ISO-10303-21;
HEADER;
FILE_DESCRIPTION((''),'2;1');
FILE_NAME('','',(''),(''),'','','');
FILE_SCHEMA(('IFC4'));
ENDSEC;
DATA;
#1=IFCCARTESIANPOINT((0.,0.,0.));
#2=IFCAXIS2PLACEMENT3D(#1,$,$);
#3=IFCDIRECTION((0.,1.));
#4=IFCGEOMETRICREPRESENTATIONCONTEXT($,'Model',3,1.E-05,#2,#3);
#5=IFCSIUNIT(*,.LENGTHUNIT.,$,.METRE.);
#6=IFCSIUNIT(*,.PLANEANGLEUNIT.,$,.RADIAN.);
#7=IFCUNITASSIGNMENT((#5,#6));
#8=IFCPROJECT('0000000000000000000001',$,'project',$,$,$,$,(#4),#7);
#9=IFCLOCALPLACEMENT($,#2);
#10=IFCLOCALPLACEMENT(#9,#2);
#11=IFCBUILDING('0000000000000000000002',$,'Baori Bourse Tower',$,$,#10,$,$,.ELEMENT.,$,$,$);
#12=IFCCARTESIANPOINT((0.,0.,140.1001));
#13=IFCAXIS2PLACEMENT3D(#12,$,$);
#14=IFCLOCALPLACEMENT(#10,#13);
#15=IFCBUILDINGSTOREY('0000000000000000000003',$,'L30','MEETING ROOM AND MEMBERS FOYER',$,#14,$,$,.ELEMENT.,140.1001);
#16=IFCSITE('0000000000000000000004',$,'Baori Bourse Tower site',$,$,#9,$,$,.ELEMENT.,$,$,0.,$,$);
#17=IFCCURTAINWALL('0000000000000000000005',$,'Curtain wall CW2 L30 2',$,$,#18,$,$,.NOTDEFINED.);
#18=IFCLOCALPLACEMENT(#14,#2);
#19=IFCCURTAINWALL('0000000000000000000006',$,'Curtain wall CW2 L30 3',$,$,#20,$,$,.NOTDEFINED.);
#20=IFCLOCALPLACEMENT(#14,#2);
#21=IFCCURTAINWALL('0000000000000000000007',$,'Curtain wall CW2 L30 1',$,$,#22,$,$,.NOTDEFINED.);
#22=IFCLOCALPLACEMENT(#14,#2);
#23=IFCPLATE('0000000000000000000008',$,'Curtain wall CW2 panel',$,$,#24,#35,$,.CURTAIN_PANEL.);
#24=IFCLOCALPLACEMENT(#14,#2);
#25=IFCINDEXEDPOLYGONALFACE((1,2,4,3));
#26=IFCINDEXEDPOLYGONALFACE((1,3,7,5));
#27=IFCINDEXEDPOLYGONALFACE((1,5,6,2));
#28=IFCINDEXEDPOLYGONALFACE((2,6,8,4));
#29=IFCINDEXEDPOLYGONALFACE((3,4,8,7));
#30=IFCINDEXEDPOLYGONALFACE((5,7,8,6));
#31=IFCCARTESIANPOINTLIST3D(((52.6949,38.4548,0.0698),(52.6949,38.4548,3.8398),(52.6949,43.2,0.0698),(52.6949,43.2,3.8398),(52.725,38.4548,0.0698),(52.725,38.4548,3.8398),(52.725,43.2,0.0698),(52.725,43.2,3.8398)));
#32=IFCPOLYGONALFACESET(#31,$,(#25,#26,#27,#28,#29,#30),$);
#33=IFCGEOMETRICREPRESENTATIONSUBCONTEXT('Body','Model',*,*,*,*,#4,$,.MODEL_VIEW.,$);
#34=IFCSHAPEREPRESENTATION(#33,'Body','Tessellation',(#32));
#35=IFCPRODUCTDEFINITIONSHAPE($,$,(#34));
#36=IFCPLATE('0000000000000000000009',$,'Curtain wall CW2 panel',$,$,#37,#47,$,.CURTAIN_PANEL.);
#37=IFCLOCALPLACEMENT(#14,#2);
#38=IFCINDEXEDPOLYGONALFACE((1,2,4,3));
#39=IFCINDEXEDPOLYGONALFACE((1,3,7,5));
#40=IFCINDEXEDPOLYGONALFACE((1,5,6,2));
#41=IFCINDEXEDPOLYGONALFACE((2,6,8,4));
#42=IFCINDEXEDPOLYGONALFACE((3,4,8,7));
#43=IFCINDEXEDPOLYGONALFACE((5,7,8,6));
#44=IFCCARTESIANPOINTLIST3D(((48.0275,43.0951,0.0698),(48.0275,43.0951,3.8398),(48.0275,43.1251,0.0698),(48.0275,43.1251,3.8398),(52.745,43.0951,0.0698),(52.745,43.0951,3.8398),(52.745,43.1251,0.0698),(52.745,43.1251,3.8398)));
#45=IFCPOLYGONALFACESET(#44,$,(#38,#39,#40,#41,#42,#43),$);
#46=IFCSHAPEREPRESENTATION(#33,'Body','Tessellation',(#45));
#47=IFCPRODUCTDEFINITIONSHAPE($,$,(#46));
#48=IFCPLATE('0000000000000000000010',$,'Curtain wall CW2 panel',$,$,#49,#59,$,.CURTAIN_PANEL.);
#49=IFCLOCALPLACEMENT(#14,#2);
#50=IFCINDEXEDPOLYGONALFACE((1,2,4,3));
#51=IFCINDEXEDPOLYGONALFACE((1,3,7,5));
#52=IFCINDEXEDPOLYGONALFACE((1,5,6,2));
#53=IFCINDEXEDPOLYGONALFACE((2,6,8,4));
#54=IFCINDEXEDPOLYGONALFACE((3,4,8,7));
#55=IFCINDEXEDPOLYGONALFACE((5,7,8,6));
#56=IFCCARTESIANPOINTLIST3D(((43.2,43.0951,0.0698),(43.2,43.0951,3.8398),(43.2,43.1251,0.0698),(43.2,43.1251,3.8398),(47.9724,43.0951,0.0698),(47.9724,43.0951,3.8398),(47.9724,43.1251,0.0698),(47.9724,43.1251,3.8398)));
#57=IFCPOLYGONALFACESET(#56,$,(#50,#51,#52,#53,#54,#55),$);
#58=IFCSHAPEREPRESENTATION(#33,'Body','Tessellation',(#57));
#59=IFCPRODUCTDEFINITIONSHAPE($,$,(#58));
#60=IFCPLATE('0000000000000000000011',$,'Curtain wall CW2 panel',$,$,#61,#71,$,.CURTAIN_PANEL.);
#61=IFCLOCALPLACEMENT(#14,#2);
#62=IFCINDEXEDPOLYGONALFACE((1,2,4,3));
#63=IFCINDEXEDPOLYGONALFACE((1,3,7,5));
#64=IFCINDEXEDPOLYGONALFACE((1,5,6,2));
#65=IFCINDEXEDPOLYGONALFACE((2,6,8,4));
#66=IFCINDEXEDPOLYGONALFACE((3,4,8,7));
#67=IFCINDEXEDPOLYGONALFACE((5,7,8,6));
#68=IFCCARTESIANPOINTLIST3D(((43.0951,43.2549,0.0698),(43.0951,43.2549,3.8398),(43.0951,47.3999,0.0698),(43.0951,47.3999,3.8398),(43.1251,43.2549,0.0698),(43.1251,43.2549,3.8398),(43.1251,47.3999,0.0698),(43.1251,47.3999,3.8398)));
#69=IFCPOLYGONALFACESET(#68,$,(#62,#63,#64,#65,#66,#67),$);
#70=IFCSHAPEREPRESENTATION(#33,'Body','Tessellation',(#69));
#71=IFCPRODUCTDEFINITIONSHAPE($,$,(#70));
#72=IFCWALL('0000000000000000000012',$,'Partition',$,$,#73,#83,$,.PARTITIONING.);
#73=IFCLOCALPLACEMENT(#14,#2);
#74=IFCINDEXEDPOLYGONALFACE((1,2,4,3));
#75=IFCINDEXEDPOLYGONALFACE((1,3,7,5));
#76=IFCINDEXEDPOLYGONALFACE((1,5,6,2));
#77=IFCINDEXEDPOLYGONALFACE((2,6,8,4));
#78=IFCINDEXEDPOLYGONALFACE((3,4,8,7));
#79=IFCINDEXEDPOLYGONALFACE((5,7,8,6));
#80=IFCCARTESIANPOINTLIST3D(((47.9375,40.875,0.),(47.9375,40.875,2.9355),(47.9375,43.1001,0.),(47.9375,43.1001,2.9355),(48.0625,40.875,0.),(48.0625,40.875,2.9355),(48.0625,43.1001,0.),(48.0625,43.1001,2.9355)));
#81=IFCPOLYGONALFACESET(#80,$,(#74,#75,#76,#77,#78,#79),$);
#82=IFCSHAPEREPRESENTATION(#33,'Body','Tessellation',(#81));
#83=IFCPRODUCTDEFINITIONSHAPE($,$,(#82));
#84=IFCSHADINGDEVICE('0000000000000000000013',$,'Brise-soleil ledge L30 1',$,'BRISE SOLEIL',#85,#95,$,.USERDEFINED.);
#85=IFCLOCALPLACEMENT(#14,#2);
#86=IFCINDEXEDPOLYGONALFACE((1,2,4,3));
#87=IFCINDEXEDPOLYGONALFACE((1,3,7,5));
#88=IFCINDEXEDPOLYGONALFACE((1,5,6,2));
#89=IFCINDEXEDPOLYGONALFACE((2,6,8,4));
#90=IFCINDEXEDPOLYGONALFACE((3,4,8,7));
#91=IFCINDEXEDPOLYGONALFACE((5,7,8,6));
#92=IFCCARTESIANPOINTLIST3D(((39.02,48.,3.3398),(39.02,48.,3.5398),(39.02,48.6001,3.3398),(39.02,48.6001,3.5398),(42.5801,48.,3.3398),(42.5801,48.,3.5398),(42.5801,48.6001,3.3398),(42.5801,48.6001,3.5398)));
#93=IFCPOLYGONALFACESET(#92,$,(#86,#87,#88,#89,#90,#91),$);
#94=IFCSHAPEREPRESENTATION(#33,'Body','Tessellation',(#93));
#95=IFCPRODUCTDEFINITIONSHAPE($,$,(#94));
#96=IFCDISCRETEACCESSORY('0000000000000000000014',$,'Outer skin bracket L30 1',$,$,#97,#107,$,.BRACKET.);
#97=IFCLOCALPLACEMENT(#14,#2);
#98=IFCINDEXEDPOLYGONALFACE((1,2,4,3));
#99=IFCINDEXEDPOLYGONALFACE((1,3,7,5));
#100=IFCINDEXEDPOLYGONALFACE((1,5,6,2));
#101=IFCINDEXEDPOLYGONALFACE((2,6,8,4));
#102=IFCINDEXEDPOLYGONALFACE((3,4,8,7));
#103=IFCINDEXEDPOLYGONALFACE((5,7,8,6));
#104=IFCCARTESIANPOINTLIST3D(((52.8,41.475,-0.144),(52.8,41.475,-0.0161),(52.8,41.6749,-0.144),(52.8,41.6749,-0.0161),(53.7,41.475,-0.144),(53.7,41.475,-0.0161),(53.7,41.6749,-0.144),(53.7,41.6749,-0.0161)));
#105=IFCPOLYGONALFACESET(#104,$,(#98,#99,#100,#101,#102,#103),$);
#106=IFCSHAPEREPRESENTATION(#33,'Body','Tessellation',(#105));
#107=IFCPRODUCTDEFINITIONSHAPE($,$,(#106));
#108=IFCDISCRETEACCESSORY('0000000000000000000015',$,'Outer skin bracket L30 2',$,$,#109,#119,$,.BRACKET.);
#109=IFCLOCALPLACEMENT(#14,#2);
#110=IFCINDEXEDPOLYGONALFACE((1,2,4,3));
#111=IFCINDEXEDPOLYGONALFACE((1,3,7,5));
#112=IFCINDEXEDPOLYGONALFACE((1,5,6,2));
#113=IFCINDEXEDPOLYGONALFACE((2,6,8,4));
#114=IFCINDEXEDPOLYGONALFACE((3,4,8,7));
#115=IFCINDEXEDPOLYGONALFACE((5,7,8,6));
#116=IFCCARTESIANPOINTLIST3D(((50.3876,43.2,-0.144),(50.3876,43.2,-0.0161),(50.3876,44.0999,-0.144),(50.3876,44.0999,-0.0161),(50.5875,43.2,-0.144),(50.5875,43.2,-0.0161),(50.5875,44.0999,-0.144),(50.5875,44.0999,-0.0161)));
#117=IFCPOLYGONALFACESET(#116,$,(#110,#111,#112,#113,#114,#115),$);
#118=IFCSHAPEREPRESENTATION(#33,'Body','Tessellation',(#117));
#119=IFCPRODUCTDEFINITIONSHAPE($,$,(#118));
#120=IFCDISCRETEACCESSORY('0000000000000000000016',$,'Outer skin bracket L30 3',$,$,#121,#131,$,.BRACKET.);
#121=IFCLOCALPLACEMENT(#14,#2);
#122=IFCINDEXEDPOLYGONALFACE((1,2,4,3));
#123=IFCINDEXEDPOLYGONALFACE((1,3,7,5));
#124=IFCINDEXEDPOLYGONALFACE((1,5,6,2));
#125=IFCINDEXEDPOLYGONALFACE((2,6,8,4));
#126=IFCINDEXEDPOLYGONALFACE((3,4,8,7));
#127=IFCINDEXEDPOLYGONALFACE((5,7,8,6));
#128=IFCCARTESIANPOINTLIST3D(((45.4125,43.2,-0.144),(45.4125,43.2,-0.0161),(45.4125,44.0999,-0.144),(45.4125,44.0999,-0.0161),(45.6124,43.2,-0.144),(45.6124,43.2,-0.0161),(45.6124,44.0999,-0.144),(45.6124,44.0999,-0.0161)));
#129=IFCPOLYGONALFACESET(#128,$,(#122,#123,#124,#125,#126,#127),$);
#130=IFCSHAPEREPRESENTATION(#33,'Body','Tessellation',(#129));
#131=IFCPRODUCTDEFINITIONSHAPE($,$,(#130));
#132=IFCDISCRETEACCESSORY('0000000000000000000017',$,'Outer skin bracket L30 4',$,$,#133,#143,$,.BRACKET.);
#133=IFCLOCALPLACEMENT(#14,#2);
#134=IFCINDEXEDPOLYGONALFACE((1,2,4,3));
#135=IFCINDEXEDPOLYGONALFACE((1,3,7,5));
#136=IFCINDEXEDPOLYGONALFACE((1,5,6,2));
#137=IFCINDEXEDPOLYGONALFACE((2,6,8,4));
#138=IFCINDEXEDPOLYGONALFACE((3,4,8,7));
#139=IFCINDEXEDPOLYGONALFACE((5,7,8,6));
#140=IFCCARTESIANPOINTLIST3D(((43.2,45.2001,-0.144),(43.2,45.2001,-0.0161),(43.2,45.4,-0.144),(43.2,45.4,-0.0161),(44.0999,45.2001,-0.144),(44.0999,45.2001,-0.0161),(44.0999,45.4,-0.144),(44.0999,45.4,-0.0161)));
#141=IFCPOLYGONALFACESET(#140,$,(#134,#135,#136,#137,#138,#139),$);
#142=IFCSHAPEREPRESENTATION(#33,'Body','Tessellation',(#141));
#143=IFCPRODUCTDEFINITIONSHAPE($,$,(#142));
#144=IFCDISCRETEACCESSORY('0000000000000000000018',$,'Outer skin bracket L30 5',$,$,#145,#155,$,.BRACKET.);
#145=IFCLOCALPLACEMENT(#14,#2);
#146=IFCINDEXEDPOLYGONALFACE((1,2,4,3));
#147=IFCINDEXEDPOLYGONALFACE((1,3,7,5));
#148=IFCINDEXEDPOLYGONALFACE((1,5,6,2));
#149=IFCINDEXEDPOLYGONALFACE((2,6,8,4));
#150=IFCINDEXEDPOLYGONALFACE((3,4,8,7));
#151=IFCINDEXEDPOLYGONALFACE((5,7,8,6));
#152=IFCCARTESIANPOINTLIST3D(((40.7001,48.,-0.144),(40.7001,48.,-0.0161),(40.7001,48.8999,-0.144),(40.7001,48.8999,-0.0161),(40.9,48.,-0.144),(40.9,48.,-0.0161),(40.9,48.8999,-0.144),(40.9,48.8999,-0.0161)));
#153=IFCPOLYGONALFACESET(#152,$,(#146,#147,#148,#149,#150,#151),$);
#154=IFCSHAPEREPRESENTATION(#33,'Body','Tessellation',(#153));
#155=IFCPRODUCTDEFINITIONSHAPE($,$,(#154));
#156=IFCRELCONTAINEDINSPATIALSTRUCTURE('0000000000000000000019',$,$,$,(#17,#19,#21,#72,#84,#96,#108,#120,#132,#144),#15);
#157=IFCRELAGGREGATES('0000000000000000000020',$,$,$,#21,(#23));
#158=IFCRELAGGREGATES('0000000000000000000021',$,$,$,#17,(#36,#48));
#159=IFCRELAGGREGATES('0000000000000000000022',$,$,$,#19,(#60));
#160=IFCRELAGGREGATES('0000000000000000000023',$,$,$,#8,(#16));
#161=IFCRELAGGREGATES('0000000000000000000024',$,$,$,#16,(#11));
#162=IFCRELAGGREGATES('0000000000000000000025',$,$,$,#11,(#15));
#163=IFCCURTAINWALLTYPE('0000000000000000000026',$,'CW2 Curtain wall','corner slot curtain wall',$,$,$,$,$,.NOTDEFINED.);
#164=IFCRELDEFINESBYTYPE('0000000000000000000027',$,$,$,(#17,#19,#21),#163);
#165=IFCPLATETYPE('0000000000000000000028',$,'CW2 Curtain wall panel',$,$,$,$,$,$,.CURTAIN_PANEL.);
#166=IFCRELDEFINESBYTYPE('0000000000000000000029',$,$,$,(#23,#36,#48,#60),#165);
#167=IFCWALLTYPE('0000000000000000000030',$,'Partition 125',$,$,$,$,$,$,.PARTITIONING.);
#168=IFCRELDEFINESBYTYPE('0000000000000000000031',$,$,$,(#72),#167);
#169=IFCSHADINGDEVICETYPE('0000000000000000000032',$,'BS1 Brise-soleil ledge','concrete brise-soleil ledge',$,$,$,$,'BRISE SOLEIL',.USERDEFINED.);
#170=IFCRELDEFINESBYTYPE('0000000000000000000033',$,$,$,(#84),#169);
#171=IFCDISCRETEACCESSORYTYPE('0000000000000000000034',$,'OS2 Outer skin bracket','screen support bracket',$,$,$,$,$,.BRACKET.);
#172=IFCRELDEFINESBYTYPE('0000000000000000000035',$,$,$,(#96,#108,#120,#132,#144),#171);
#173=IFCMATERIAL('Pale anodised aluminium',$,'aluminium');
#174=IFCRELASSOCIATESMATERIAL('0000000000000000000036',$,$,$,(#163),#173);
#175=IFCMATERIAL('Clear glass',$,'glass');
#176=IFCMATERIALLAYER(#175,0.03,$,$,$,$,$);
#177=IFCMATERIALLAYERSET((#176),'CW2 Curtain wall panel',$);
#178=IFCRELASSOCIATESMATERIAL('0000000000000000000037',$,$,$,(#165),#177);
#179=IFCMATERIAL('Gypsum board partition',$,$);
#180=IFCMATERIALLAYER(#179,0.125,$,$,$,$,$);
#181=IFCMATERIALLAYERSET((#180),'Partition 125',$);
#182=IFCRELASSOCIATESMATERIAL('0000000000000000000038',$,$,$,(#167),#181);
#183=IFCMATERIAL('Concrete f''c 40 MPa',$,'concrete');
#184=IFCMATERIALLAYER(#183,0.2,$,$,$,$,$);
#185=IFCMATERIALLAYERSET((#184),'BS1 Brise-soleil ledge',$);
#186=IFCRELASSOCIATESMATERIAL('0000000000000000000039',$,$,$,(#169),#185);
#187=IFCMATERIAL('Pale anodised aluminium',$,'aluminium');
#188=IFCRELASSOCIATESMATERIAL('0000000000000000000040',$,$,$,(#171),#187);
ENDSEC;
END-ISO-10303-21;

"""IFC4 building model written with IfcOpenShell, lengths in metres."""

from ifc_helpers import new_model, si_unit, direction, frame, frame_2d, origin, origin_2d, place, context, subcontext, project, spatial, rectangle, extrude, material, layer, layer_set, type_object, element, aggregate, save


model = new_model("IFC4")

# Units and contexts
model_context = context("Model", 3, precision=1e-05, world=origin(), true_north=direction((0.0, 1.0)))
body_context = subcontext(model_context, "Body", "Model", "MODEL_VIEW")
ifc_project = project(units=[si_unit("LENGTHUNIT", "METRE"), si_unit("PLANEANGLEUNIT", "RADIAN")], contexts=[model_context])

# Site, building, storey
site_placement = place(None, origin())
site = spatial("IfcSite", under=ifc_project, at=site_placement, Name="Baori Bourse Tower site", CompositionType="ELEMENT", RefElevation=0.0)
building_placement = place(site_placement, origin())
building = spatial("IfcBuilding", under=site, at=building_placement, Name="Baori Bourse Tower", CompositionType="ELEMENT")
storey_placement = place(building_placement, frame((0.0, 0.0, 140.1001)))
storey = spatial("IfcBuildingStorey", under=building, at=storey_placement, Name="L30", Description="MEETING ROOM AND MEMBERS FOYER", CompositionType="ELEMENT", Elevation=140.1001)

# Curtain wall
ifc_material_1 = material(Name="Pale anodised aluminium", Category="aluminium")
curtain_wall_type_1 = type_object("IfcCurtainWallType", Name="CW2 Curtain wall", Description="corner slot curtain wall", PredefinedType="NOTDEFINED", material=ifc_material_1)
curtain_wall_1_placement = place(storey_placement, origin())
curtain_wall_1 = element("IfcCurtainWall", 1, at=curtain_wall_1_placement, inside=storey, type_object=curtain_wall_type_1, Name="Curtain wall CW2 L30 2", PredefinedType="NOTDEFINED")

# Curtain wall
curtain_wall_2_placement = place(storey_placement, origin())
curtain_wall_2 = element("IfcCurtainWall", 2, at=curtain_wall_2_placement, inside=storey, type_object=curtain_wall_type_1, Name="Curtain wall CW2 L30 3", PredefinedType="NOTDEFINED")

# Curtain wall, plate
curtain_wall_3_placement = place(storey_placement, origin())
curtain_wall_3 = element("IfcCurtainWall", 3, at=curtain_wall_3_placement, inside=storey, type_object=curtain_wall_type_1, Name="Curtain wall CW2 L30 1", PredefinedType="NOTDEFINED")
ifc_material_2 = material(Name="Clear glass", Category="glass")
ifc_layer_1 = layer(ifc_material_2, 0.03)
ifc_layer_set_1 = layer_set([ifc_layer_1], Name="CW2 Curtain wall panel")
plate_type_1 = type_object("IfcPlateType", Name="CW2 Curtain wall panel", PredefinedType="CURTAIN_PANEL", material=ifc_layer_set_1)
plate_1_placement = place(storey_placement, frame((52.71, 40.8274, 0.0698), z_axis=(0.0, 0.0, 1.0), x_axis=(0.0, 1.0, 0.0)))
plate_1 = element("IfcPlate", 4, at=plate_1_placement, type_object=plate_type_1, Name="Curtain wall CW2 panel", PredefinedType="CURTAIN_PANEL", context=body_context, shape_type="SweptSolid", body=[
    extrude(rectangle(XDim=4.7451, YDim=0.03, at=origin_2d()), origin(), (0.0, 0.0, 1.0), 3.77),
])
aggregate(curtain_wall_3, [plate_1])

# Plates
plate_2_placement = place(storey_placement, frame((50.3862, 43.1101, 0.0698), z_axis=(0.0, 0.0, 1.0), x_axis=(-1.0, 0.0, 0.0)))
plate_2 = element("IfcPlate", 5, at=plate_2_placement, type_object=plate_type_1, Name="Curtain wall CW2 panel", PredefinedType="CURTAIN_PANEL", context=body_context, shape_type="SweptSolid", body=[
    extrude(rectangle(XDim=4.7175, YDim=0.03, at=origin_2d()), origin(), (0.0, 0.0, 1.0), 3.77),
])
plate_3_placement = place(storey_placement, frame((45.5862, 43.1101, 0.0698), z_axis=(0.0, 0.0, 1.0), x_axis=(-1.0, 0.0, 0.0)))
plate_3 = element("IfcPlate", 6, at=plate_3_placement, type_object=plate_type_1, Name="Curtain wall CW2 panel", PredefinedType="CURTAIN_PANEL", context=body_context, shape_type="SweptSolid", body=[
    extrude(rectangle(XDim=4.7725, YDim=0.03, at=origin_2d()), origin(), (0.0, 0.0, 1.0), 3.77),
])
aggregate(curtain_wall_1, [plate_2, plate_3])
plate_4_placement = place(storey_placement, frame((43.1101, 45.3274, 0.0698), z_axis=(0.0, 0.0, 1.0), x_axis=(0.0, 1.0, 0.0)))
plate_4 = element("IfcPlate", 7, at=plate_4_placement, type_object=plate_type_1, Name="Curtain wall CW2 panel", PredefinedType="CURTAIN_PANEL", context=body_context, shape_type="SweptSolid", body=[
    extrude(rectangle(XDim=4.145, YDim=0.03, at=origin_2d()), origin(), (0.0, 0.0, 1.0), 3.77),
])
aggregate(curtain_wall_2, [plate_4])

# Wall
ifc_material_3 = material(Name="Gypsum board partition")
ifc_layer_2 = layer(ifc_material_3, 0.125)
ifc_layer_set_2 = layer_set([ifc_layer_2], Name="Partition 125")
wall_type = type_object("IfcWallType", Name="Partition 125", PredefinedType="PARTITIONING", material=ifc_layer_set_2)
wall_placement = place(storey_placement, frame((48.0, 40.875, 0.0), z_axis=(0.0, 0.0, 1.0), x_axis=(0.0, 1.0, 0.0)))
element("IfcWall", 8, at=wall_placement, inside=storey, type_object=wall_type, Name="Partition", PredefinedType="PARTITIONING", context=body_context, shape_type="SweptSolid", body=[
    extrude(rectangle(XDim=2.2251, YDim=0.125, at=frame_2d((1.1125, 0.0))), origin(), (0.0, 0.0, 1.0), 2.9355),
])

# Shading device
ifc_material_4 = material(Name="Concrete f'c 40 MPa", Category="concrete")
ifc_layer_3 = layer(ifc_material_4, 0.2)
ifc_layer_set_3 = layer_set([ifc_layer_3], Name="BS1 Brise-soleil ledge")
shading_device_type = type_object("IfcShadingDeviceType", Name="BS1 Brise-soleil ledge", Description="concrete brise-soleil ledge", ElementType="BRISE SOLEIL", PredefinedType="USERDEFINED", material=ifc_layer_set_3)
shading_device_placement = place(storey_placement, frame((40.8, 48.3, 3.3398), z_axis=(0.0, 0.0, 1.0), x_axis=(-1.0, 0.0, 0.0)))
element("IfcShadingDevice", 9, at=shading_device_placement, inside=storey, type_object=shading_device_type, Name="Brise-soleil ledge L30 1", ObjectType="BRISE SOLEIL", PredefinedType="USERDEFINED", context=body_context, shape_type="SweptSolid", body=[
    extrude(rectangle(XDim=3.5601, YDim=0.6001, at=origin_2d()), origin(), (0.0, 0.0, 1.0), 0.2),
])

# Discrete accessories
ifc_material_5 = material(Name="Pale anodised aluminium", Category="aluminium")
discrete_accessory_type = type_object("IfcDiscreteAccessoryType", Name="OS2 Outer skin bracket", Description="screen support bracket", PredefinedType="BRACKET", material=ifc_material_5)
for number, where, z_axis, x_axis, name in (
    (10, (53.25, 41.575, -0.144), (0.0, 0.0, 1.0), (0.0, 1.0, 0.0), "Outer skin bracket L30 1"),
    (11, (50.4875, 43.6499, -0.144), (0.0, 0.0, 1.0), (-1.0, 0.0, 0.0), "Outer skin bracket L30 2"),
    (12, (45.5125, 43.6499, -0.144), (0.0, 0.0, 1.0), (-1.0, 0.0, 0.0), "Outer skin bracket L30 3"),
    (13, (43.6499, 45.3, -0.144), (0.0, 0.0, 1.0), (0.0, 1.0, 0.0), "Outer skin bracket L30 4"),
    (14, (40.8, 48.45, -0.144), (0.0, 0.0, 1.0), (-1.0, 0.0, 0.0), "Outer skin bracket L30 5"),
):
    element("IfcDiscreteAccessory", number, at=place(storey_placement, frame(where, z_axis=z_axis, x_axis=x_axis)), inside=storey, type_object=discrete_accessory_type, Name=name, PredefinedType="BRACKET", context=body_context, shape_type="SweptSolid", body=[
        extrude(rectangle(XDim=0.2, YDim=0.8999, at=origin_2d()), origin(), (0.0, 0.0, 1.0), 0.1279),
    ])

save(model, "model.ifc")
